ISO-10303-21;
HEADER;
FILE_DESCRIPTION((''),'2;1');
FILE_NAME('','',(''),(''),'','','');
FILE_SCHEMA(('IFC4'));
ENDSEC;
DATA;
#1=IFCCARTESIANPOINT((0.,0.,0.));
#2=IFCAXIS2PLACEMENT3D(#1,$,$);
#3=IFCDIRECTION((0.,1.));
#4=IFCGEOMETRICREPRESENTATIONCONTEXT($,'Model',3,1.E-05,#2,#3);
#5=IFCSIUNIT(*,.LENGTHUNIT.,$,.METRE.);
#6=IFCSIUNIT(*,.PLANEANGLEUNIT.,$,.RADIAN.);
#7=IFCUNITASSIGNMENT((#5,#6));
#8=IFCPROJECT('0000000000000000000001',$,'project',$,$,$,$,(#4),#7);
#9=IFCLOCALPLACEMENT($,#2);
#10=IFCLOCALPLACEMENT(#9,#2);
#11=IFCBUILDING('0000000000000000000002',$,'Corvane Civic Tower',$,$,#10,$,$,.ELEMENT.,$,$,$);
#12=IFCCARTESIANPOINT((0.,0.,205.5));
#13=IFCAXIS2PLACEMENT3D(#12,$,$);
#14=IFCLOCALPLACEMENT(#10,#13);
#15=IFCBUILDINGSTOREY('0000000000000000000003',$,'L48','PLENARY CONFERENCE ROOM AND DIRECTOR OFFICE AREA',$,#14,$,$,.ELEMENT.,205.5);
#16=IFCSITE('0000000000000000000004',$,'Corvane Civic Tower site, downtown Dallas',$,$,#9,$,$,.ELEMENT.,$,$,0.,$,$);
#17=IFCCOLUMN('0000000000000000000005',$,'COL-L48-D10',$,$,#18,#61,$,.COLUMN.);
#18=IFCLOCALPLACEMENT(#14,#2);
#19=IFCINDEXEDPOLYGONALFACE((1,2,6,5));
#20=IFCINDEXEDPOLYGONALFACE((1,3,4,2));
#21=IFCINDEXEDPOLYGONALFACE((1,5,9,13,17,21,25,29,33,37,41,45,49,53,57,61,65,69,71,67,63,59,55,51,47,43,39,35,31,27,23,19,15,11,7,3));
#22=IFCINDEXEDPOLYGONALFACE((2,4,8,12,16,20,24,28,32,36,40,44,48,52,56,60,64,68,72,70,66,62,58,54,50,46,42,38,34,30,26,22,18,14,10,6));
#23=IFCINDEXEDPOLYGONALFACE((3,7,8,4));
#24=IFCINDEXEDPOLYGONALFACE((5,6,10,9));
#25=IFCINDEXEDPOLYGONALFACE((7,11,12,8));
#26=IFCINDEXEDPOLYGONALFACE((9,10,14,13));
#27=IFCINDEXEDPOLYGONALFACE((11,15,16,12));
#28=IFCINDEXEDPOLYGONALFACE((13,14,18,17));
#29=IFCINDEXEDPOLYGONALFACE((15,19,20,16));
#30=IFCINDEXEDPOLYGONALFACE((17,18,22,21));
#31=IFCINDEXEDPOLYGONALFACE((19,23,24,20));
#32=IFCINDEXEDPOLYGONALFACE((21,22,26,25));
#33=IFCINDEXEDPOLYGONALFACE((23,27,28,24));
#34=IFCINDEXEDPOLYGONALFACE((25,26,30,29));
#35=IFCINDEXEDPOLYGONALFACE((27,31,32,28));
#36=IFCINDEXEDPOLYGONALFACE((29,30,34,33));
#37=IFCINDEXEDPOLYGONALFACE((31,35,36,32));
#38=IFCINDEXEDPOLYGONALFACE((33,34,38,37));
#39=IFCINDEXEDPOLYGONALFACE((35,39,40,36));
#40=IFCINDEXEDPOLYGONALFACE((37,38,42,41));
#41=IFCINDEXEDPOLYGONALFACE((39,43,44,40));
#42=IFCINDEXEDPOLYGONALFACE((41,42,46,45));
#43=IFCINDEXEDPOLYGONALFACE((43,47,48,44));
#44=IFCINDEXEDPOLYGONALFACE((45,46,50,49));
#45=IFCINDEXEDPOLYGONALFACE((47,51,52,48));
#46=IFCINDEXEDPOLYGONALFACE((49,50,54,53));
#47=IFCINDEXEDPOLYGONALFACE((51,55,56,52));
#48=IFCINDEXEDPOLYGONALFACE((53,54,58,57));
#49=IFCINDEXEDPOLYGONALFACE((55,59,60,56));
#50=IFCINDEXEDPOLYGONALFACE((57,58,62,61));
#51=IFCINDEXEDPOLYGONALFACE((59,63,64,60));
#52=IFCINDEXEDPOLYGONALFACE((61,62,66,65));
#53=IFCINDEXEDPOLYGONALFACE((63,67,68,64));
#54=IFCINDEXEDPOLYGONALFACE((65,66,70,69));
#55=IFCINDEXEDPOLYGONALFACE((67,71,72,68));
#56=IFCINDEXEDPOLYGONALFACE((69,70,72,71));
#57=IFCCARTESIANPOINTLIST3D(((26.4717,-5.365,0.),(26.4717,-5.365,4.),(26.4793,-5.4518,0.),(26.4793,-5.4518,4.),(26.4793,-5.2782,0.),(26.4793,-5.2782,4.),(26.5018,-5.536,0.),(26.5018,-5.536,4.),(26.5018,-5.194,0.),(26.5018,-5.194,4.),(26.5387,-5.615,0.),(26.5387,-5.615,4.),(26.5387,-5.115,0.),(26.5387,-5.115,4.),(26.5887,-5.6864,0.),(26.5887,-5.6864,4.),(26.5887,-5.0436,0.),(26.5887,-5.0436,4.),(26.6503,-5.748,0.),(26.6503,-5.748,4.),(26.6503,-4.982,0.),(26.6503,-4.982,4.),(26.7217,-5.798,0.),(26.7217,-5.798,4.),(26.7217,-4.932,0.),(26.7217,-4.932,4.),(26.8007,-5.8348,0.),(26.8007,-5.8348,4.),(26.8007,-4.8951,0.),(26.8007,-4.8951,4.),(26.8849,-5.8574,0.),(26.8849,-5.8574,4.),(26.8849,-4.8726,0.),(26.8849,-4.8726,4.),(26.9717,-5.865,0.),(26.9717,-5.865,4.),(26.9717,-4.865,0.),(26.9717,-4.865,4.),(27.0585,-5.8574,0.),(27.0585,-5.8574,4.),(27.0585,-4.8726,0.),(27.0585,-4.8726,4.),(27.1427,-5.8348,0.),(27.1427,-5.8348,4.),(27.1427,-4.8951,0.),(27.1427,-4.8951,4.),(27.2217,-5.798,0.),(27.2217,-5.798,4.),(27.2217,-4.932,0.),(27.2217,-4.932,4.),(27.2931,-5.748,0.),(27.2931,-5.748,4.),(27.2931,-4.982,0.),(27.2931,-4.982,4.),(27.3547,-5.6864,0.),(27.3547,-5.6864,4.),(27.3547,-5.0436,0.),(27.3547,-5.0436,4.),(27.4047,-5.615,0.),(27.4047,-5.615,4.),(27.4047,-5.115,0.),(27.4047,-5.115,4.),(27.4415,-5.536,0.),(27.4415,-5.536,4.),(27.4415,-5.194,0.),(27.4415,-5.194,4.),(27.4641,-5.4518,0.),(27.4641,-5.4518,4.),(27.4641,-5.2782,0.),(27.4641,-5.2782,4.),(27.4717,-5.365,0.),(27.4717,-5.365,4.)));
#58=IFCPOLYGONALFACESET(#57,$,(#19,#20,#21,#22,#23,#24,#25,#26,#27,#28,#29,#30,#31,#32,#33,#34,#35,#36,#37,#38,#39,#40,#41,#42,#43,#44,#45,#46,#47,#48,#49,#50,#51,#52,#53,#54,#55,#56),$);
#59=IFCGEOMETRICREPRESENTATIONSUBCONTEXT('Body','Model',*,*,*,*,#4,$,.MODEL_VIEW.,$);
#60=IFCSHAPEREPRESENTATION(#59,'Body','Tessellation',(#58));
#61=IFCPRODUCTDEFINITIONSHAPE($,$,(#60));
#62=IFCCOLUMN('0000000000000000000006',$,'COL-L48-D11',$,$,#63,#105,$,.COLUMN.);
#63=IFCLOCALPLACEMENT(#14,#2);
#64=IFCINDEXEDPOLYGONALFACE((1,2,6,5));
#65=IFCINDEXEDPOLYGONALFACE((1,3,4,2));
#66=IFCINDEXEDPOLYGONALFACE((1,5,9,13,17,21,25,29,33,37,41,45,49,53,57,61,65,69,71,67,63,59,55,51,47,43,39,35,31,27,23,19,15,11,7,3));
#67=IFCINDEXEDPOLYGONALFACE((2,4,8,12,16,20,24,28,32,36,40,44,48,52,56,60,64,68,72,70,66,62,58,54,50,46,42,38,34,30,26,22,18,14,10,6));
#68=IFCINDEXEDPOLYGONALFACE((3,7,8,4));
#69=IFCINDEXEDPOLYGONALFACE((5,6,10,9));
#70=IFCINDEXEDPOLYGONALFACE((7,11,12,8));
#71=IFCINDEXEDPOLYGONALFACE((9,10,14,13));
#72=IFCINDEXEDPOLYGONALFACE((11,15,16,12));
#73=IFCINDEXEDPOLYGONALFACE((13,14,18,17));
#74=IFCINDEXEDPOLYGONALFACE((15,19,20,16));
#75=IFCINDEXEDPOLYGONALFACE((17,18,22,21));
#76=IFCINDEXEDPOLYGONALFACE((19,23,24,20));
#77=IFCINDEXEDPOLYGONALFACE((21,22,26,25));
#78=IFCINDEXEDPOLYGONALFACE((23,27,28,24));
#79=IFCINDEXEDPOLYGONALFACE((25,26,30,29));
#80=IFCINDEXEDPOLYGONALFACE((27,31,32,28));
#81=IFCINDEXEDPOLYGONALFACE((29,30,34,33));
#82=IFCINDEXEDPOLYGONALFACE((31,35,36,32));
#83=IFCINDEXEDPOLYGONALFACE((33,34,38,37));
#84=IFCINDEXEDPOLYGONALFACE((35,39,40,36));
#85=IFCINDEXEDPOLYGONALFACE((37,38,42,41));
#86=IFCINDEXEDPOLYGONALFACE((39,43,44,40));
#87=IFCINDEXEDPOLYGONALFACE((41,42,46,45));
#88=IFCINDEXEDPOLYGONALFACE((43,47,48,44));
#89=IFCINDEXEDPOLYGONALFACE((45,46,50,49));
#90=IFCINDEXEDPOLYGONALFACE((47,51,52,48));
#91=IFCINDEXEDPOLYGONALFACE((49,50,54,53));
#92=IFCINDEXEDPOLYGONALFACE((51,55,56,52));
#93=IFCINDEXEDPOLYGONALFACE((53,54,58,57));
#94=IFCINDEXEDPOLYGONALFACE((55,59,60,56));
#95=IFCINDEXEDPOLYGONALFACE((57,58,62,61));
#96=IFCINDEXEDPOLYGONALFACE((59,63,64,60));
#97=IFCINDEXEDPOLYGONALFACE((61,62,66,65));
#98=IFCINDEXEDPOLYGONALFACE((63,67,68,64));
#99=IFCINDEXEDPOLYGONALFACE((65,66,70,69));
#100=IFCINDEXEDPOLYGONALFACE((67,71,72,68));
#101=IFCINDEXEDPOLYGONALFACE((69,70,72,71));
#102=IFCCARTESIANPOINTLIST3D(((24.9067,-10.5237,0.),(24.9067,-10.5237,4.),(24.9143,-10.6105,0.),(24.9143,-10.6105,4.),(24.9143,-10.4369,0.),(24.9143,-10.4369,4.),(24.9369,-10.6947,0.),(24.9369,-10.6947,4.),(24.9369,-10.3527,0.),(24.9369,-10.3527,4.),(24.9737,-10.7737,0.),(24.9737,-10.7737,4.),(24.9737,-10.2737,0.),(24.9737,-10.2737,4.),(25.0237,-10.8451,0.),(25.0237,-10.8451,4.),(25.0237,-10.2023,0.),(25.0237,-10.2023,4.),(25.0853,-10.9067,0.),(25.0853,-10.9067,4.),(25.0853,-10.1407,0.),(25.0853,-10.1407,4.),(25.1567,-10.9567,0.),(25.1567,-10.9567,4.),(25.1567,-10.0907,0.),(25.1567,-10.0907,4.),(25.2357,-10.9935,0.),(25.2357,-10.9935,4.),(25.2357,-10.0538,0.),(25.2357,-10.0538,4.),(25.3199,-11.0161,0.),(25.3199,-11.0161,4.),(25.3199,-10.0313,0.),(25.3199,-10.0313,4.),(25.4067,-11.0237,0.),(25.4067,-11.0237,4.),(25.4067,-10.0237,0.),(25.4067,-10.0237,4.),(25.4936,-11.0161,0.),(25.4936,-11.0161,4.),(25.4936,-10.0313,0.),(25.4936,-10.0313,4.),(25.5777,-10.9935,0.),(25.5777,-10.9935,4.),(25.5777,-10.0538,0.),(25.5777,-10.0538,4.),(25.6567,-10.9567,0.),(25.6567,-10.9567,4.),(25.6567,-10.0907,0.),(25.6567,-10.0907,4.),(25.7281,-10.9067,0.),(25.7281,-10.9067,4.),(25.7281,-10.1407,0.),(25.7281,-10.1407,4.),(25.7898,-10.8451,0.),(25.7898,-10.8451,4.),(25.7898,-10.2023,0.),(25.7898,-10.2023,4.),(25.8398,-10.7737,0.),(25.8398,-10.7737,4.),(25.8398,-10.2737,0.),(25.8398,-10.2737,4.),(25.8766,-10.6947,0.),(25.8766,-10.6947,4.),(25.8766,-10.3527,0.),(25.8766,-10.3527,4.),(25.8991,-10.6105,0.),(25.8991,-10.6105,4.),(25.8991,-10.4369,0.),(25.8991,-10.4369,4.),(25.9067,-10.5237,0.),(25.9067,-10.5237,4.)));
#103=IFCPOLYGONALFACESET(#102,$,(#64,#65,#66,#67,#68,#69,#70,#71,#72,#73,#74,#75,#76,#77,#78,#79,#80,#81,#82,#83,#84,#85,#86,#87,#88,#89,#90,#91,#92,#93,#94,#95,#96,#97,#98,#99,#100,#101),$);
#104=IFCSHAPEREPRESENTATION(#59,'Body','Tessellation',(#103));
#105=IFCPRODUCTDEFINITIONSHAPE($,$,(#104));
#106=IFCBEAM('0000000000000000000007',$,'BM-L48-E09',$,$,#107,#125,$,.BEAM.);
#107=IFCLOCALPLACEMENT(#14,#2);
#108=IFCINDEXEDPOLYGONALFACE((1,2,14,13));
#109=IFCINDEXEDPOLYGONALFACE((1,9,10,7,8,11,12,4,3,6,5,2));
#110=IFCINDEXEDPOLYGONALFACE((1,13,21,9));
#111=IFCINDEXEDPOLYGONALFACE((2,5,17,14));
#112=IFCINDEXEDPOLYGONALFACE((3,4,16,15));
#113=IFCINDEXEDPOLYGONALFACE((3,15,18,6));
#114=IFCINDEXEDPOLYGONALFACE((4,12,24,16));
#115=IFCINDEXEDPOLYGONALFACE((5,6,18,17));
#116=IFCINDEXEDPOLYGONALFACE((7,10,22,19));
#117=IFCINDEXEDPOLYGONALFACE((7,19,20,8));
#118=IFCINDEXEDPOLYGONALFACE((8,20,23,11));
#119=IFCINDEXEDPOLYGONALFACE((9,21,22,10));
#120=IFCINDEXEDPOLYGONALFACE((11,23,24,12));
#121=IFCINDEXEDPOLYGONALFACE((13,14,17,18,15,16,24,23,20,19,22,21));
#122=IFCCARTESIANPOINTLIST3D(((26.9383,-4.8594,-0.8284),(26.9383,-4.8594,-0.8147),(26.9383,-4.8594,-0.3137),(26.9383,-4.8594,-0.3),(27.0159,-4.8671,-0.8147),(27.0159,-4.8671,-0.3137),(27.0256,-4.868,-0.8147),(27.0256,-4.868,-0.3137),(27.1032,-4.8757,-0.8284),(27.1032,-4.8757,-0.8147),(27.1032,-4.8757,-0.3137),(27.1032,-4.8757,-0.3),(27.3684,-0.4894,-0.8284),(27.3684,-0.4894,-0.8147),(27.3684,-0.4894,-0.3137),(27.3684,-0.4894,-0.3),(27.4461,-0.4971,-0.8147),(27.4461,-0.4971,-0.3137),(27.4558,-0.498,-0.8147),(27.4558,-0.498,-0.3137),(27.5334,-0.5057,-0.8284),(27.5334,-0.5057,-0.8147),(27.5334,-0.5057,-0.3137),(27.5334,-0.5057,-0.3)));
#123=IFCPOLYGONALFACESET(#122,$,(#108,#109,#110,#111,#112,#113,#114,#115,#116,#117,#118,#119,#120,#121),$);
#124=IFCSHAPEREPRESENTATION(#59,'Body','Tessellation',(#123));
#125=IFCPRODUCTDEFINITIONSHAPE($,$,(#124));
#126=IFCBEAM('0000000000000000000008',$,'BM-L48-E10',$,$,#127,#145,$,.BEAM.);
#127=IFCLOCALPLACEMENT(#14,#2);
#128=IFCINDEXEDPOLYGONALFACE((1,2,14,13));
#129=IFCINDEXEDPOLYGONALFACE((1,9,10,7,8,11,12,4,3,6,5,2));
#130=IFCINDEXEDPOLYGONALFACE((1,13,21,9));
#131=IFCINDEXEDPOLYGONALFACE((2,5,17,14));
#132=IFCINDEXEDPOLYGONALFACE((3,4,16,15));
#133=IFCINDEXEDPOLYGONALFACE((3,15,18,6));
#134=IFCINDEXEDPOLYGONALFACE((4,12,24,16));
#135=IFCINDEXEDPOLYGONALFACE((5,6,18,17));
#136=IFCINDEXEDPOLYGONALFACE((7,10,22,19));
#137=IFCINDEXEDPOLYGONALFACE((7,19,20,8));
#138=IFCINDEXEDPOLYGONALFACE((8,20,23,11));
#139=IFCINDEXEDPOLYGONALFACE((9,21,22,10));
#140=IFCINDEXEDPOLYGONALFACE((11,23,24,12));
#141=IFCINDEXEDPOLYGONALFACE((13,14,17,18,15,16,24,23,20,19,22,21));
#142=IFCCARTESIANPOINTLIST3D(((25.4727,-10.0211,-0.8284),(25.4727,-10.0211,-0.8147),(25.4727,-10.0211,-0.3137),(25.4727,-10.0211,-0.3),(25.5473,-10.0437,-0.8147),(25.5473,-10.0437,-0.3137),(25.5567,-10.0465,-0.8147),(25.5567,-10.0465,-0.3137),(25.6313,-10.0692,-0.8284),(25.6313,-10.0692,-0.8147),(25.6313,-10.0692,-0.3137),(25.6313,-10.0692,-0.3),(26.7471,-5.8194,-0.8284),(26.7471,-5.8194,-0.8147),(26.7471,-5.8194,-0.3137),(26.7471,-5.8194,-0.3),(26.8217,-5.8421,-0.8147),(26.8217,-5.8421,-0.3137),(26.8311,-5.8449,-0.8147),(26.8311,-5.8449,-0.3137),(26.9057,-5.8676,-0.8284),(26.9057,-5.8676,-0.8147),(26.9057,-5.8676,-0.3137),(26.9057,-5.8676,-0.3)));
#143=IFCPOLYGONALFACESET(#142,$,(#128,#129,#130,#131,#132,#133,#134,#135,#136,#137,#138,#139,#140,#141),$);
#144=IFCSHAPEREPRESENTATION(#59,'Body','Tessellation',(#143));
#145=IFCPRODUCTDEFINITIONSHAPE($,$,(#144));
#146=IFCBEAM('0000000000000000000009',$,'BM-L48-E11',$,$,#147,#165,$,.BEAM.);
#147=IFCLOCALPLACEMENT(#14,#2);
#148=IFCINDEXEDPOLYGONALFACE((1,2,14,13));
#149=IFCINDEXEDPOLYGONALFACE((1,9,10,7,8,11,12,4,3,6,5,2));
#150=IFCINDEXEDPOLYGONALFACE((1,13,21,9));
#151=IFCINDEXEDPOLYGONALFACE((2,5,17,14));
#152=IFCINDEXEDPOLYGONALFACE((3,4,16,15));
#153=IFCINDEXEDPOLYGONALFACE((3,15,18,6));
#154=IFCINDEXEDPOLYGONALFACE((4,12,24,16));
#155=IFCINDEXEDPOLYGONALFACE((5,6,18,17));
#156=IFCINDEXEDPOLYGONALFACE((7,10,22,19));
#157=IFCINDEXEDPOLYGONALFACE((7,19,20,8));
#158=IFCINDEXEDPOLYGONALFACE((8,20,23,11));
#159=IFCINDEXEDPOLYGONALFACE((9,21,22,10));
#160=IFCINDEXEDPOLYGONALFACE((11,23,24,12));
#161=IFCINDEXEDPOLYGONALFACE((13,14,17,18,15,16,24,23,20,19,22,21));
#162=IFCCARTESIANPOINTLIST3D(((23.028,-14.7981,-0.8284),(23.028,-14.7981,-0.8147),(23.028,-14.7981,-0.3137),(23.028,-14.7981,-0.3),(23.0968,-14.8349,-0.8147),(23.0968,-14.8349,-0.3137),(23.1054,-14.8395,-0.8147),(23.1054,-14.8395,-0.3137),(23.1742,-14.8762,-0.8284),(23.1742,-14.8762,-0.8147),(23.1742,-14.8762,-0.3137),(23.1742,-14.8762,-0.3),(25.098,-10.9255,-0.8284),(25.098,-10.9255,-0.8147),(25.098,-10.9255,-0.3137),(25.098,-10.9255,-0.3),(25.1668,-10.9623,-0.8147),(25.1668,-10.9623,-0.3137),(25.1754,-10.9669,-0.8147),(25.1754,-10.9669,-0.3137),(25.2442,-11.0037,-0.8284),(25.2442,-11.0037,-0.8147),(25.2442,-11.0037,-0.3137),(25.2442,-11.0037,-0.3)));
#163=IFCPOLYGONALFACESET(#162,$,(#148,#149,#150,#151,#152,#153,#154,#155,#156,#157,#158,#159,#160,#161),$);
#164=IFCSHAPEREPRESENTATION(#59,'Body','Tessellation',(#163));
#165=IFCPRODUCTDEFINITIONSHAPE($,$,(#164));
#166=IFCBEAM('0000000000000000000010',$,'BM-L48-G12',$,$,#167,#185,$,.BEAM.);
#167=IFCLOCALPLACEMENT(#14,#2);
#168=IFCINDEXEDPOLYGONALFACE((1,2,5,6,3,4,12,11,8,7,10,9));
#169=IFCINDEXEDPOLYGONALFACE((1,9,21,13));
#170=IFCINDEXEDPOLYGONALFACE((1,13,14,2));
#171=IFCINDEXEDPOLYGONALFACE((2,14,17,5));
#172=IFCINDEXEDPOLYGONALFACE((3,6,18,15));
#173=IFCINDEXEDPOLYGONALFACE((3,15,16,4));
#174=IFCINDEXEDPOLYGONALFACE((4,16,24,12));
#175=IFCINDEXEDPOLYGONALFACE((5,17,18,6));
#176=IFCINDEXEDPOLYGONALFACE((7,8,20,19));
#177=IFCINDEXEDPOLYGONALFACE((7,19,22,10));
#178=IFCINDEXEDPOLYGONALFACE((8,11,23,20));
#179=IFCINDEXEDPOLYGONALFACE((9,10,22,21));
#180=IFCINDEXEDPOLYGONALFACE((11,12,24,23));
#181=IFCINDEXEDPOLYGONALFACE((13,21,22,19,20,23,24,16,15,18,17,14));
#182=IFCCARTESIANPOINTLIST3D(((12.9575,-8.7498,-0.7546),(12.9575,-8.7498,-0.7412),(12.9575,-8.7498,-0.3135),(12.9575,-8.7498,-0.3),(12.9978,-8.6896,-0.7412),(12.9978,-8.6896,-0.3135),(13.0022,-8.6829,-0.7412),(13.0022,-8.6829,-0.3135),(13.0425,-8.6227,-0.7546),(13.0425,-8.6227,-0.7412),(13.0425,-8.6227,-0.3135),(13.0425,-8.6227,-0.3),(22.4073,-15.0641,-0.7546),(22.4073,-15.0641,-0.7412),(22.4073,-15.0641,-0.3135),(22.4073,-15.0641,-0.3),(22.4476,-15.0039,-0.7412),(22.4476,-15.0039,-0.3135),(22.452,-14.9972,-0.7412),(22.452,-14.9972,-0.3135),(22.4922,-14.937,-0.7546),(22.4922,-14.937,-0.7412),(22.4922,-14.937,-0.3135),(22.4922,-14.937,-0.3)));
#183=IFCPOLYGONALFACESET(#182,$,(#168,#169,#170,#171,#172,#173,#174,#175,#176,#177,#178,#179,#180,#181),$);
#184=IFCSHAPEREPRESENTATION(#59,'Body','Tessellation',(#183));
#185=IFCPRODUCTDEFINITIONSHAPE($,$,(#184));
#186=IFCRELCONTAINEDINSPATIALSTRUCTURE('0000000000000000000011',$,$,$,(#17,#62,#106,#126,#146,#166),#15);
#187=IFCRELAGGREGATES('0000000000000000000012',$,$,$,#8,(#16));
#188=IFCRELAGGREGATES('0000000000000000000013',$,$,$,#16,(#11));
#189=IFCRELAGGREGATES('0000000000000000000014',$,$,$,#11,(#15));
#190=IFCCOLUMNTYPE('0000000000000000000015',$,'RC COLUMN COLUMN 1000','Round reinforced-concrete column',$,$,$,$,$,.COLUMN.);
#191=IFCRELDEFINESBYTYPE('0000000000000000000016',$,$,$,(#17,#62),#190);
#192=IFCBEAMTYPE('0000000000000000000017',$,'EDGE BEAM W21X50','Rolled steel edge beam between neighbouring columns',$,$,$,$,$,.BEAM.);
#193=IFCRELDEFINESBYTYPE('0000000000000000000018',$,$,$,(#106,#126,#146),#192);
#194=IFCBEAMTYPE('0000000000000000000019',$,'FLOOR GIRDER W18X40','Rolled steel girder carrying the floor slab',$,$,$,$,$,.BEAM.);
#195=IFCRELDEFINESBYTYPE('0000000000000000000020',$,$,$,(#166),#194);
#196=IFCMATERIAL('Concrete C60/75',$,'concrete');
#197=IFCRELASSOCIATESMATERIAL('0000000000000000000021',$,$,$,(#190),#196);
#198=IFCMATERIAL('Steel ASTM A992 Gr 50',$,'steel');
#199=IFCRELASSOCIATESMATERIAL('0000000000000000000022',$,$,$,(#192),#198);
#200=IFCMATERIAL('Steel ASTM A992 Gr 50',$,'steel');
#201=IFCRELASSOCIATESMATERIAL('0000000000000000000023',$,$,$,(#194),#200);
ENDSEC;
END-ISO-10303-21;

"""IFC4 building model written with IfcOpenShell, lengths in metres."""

from ifc_helpers import new_model, si_unit, direction, frame, origin, origin_2d, place, context, subcontext, project, spatial, circle, i_section, extrude, material, material_profile, profile_set, type_object, element, save


model = new_model("IFC4")

# Units and contexts
model_context = context("Model", 3, precision=1e-05, world=origin(), true_north=direction((0.0, 1.0)))
body_context = subcontext(model_context, "Body", "Model", "MODEL_VIEW")
ifc_project = project(units=[si_unit("LENGTHUNIT", "METRE"), si_unit("PLANEANGLEUNIT", "RADIAN")], contexts=[model_context])

# Site, building, storey
site_placement = place(None, origin())
site = spatial("IfcSite", under=ifc_project, at=site_placement, Name="Corvane Civic Tower site, downtown Dallas", CompositionType="ELEMENT", RefElevation=0.0)
building_placement = place(site_placement, origin())
building = spatial("IfcBuilding", under=site, at=building_placement, Name="Corvane Civic Tower", CompositionType="ELEMENT")
storey_placement = place(building_placement, frame((0.0, 0.0, 205.5)))
storey = spatial("IfcBuildingStorey", under=building, at=storey_placement, Name="L48", Description="PLENARY CONFERENCE ROOM AND DIRECTOR OFFICE AREA", CompositionType="ELEMENT", Elevation=205.5)

# Columns
ifc_material_1 = material(Name="Concrete C60/75", Category="concrete")
ifc_material_profile_1 = material_profile(ifc_material_1, circle(Radius=0.5, at=origin_2d()), Name="COLUMN 1000")
ifc_profile_set_1 = profile_set([ifc_material_profile_1], Name="Concrete C60/75")
column_type = type_object("IfcColumnType", Name="RC COLUMN COLUMN 1000", Description="Round reinforced-concrete column", PredefinedType="COLUMN", material=ifc_profile_set_1)
for number, where, z_axis, x_axis, name in (
    (1, (26.9717, -5.365, 0.0), (0.0, 0.0, 1.0), (1.0, 0.0, 0.0), "COL-L48-D10"),
    (2, (25.4067, -10.5237, 0.0), (0.0, 0.0, 1.0), (1.0, 0.0, 0.0), "COL-L48-D11"),
):
    element("IfcColumn", number, at=place(storey_placement, frame(where, z_axis=z_axis, x_axis=x_axis)), inside=storey, type_object=column_type, Name=name, PredefinedType="COLUMN", context=body_context, shape_type="SweptSolid", body=[
        extrude(circle(Radius=0.5, at=origin_2d()), origin(), (0.0, 0.0, 1.0), 4.0),
    ])

# Beams
ifc_material_2 = material(Name="Steel ASTM A992 Gr 50", Category="steel")
ifc_material_profile_2 = material_profile(ifc_material_2, i_section(OverallWidth=0.1658, OverallDepth=0.5283, WebThickness=0.0098, FlangeThickness=0.0137, at=origin_2d()), Name="W21X50")
ifc_profile_set_2 = profile_set([ifc_material_profile_2], Name="Steel ASTM A992 Gr 50")
beam_type_1 = type_object("IfcBeamType", Name="EDGE BEAM W21X50", Description="Rolled steel edge beam between neighbouring columns", PredefinedType="BEAM", material=ifc_profile_set_2)
beam_1_placement = place(storey_placement, frame((27.4509, -0.4976, -0.5642), z_axis=(-0.097968, -0.99519, 0.0), x_axis=(0.99519, -0.097968, 0.0)))
element("IfcBeam", 3, at=beam_1_placement, inside=storey, type_object=beam_type_1, Name="BM-L48-E09", PredefinedType="BEAM", context=body_context, shape_type="SweptSolid", body=[
    extrude(i_section(OverallWidth=0.1658, OverallDepth=0.5283, WebThickness=0.0098, FlangeThickness=0.0137, at=origin_2d()), origin(), (0.0, 0.0, 1.0), 4.3911),
])
beam_2_placement = place(storey_placement, frame((26.8264, -5.8435, -0.5642), z_axis=(-0.290254, -0.95695, 0.0), x_axis=(0.95695, -0.290254, 0.0)))
element("IfcBeam", 4, at=beam_2_placement, inside=storey, type_object=beam_type_1, Name="BM-L48-E10", PredefinedType="BEAM", context=body_context, shape_type="SweptSolid", body=[
    extrude(i_section(OverallWidth=0.1658, OverallDepth=0.5283, WebThickness=0.0098, FlangeThickness=0.0137, at=origin_2d()), origin(), (0.0, 0.0, 1.0), 4.3906),
])
beam_3_placement = place(storey_placement, frame((25.1711, -10.9646, -0.5642), z_axis=(-0.471422, -0.881908, 0.0), x_axis=(0.881908, -0.471422, 0.0)))
element("IfcBeam", 5, at=beam_3_placement, inside=storey, type_object=beam_type_1, Name="BM-L48-E11", PredefinedType="BEAM", context=body_context, shape_type="SweptSolid", body=[
    extrude(i_section(OverallWidth=0.1658, OverallDepth=0.5283, WebThickness=0.0098, FlangeThickness=0.0137, at=origin_2d()), origin(), (0.0, 0.0, 1.0), 4.3911),
])
ifc_material_3 = material(Name="Steel ASTM A992 Gr 50", Category="steel")
ifc_material_profile_3 = material_profile(ifc_material_3, i_section(OverallWidth=0.1528, OverallDepth=0.4546, WebThickness=0.0081, FlangeThickness=0.0134, at=origin_2d()), Name="W18X40")
ifc_profile_set_3 = profile_set([ifc_material_profile_3], Name="Steel ASTM A992 Gr 50")
beam_type_2 = type_object("IfcBeamType", Name="FLOOR GIRDER W18X40", Description="Rolled steel girder carrying the floor slab", PredefinedType="BEAM", material=ifc_profile_set_3)
beam_4_placement = place(storey_placement, frame((13.0, -8.6863, -0.5273), z_axis=(0.831465, -0.555577, 0.0), x_axis=(0.555577, 0.831465, 0.0)))
element("IfcBeam", 6, at=beam_4_placement, inside=storey, type_object=beam_type_2, Name="BM-L48-G12", PredefinedType="BEAM", context=body_context, shape_type="SweptSolid", body=[
    extrude(i_section(OverallWidth=0.1528, OverallDepth=0.4546, WebThickness=0.0081, FlangeThickness=0.0134, at=origin_2d()), origin(), (0.0, 0.0, 1.0), 11.3652),
])

save(model, "model.ifc")
